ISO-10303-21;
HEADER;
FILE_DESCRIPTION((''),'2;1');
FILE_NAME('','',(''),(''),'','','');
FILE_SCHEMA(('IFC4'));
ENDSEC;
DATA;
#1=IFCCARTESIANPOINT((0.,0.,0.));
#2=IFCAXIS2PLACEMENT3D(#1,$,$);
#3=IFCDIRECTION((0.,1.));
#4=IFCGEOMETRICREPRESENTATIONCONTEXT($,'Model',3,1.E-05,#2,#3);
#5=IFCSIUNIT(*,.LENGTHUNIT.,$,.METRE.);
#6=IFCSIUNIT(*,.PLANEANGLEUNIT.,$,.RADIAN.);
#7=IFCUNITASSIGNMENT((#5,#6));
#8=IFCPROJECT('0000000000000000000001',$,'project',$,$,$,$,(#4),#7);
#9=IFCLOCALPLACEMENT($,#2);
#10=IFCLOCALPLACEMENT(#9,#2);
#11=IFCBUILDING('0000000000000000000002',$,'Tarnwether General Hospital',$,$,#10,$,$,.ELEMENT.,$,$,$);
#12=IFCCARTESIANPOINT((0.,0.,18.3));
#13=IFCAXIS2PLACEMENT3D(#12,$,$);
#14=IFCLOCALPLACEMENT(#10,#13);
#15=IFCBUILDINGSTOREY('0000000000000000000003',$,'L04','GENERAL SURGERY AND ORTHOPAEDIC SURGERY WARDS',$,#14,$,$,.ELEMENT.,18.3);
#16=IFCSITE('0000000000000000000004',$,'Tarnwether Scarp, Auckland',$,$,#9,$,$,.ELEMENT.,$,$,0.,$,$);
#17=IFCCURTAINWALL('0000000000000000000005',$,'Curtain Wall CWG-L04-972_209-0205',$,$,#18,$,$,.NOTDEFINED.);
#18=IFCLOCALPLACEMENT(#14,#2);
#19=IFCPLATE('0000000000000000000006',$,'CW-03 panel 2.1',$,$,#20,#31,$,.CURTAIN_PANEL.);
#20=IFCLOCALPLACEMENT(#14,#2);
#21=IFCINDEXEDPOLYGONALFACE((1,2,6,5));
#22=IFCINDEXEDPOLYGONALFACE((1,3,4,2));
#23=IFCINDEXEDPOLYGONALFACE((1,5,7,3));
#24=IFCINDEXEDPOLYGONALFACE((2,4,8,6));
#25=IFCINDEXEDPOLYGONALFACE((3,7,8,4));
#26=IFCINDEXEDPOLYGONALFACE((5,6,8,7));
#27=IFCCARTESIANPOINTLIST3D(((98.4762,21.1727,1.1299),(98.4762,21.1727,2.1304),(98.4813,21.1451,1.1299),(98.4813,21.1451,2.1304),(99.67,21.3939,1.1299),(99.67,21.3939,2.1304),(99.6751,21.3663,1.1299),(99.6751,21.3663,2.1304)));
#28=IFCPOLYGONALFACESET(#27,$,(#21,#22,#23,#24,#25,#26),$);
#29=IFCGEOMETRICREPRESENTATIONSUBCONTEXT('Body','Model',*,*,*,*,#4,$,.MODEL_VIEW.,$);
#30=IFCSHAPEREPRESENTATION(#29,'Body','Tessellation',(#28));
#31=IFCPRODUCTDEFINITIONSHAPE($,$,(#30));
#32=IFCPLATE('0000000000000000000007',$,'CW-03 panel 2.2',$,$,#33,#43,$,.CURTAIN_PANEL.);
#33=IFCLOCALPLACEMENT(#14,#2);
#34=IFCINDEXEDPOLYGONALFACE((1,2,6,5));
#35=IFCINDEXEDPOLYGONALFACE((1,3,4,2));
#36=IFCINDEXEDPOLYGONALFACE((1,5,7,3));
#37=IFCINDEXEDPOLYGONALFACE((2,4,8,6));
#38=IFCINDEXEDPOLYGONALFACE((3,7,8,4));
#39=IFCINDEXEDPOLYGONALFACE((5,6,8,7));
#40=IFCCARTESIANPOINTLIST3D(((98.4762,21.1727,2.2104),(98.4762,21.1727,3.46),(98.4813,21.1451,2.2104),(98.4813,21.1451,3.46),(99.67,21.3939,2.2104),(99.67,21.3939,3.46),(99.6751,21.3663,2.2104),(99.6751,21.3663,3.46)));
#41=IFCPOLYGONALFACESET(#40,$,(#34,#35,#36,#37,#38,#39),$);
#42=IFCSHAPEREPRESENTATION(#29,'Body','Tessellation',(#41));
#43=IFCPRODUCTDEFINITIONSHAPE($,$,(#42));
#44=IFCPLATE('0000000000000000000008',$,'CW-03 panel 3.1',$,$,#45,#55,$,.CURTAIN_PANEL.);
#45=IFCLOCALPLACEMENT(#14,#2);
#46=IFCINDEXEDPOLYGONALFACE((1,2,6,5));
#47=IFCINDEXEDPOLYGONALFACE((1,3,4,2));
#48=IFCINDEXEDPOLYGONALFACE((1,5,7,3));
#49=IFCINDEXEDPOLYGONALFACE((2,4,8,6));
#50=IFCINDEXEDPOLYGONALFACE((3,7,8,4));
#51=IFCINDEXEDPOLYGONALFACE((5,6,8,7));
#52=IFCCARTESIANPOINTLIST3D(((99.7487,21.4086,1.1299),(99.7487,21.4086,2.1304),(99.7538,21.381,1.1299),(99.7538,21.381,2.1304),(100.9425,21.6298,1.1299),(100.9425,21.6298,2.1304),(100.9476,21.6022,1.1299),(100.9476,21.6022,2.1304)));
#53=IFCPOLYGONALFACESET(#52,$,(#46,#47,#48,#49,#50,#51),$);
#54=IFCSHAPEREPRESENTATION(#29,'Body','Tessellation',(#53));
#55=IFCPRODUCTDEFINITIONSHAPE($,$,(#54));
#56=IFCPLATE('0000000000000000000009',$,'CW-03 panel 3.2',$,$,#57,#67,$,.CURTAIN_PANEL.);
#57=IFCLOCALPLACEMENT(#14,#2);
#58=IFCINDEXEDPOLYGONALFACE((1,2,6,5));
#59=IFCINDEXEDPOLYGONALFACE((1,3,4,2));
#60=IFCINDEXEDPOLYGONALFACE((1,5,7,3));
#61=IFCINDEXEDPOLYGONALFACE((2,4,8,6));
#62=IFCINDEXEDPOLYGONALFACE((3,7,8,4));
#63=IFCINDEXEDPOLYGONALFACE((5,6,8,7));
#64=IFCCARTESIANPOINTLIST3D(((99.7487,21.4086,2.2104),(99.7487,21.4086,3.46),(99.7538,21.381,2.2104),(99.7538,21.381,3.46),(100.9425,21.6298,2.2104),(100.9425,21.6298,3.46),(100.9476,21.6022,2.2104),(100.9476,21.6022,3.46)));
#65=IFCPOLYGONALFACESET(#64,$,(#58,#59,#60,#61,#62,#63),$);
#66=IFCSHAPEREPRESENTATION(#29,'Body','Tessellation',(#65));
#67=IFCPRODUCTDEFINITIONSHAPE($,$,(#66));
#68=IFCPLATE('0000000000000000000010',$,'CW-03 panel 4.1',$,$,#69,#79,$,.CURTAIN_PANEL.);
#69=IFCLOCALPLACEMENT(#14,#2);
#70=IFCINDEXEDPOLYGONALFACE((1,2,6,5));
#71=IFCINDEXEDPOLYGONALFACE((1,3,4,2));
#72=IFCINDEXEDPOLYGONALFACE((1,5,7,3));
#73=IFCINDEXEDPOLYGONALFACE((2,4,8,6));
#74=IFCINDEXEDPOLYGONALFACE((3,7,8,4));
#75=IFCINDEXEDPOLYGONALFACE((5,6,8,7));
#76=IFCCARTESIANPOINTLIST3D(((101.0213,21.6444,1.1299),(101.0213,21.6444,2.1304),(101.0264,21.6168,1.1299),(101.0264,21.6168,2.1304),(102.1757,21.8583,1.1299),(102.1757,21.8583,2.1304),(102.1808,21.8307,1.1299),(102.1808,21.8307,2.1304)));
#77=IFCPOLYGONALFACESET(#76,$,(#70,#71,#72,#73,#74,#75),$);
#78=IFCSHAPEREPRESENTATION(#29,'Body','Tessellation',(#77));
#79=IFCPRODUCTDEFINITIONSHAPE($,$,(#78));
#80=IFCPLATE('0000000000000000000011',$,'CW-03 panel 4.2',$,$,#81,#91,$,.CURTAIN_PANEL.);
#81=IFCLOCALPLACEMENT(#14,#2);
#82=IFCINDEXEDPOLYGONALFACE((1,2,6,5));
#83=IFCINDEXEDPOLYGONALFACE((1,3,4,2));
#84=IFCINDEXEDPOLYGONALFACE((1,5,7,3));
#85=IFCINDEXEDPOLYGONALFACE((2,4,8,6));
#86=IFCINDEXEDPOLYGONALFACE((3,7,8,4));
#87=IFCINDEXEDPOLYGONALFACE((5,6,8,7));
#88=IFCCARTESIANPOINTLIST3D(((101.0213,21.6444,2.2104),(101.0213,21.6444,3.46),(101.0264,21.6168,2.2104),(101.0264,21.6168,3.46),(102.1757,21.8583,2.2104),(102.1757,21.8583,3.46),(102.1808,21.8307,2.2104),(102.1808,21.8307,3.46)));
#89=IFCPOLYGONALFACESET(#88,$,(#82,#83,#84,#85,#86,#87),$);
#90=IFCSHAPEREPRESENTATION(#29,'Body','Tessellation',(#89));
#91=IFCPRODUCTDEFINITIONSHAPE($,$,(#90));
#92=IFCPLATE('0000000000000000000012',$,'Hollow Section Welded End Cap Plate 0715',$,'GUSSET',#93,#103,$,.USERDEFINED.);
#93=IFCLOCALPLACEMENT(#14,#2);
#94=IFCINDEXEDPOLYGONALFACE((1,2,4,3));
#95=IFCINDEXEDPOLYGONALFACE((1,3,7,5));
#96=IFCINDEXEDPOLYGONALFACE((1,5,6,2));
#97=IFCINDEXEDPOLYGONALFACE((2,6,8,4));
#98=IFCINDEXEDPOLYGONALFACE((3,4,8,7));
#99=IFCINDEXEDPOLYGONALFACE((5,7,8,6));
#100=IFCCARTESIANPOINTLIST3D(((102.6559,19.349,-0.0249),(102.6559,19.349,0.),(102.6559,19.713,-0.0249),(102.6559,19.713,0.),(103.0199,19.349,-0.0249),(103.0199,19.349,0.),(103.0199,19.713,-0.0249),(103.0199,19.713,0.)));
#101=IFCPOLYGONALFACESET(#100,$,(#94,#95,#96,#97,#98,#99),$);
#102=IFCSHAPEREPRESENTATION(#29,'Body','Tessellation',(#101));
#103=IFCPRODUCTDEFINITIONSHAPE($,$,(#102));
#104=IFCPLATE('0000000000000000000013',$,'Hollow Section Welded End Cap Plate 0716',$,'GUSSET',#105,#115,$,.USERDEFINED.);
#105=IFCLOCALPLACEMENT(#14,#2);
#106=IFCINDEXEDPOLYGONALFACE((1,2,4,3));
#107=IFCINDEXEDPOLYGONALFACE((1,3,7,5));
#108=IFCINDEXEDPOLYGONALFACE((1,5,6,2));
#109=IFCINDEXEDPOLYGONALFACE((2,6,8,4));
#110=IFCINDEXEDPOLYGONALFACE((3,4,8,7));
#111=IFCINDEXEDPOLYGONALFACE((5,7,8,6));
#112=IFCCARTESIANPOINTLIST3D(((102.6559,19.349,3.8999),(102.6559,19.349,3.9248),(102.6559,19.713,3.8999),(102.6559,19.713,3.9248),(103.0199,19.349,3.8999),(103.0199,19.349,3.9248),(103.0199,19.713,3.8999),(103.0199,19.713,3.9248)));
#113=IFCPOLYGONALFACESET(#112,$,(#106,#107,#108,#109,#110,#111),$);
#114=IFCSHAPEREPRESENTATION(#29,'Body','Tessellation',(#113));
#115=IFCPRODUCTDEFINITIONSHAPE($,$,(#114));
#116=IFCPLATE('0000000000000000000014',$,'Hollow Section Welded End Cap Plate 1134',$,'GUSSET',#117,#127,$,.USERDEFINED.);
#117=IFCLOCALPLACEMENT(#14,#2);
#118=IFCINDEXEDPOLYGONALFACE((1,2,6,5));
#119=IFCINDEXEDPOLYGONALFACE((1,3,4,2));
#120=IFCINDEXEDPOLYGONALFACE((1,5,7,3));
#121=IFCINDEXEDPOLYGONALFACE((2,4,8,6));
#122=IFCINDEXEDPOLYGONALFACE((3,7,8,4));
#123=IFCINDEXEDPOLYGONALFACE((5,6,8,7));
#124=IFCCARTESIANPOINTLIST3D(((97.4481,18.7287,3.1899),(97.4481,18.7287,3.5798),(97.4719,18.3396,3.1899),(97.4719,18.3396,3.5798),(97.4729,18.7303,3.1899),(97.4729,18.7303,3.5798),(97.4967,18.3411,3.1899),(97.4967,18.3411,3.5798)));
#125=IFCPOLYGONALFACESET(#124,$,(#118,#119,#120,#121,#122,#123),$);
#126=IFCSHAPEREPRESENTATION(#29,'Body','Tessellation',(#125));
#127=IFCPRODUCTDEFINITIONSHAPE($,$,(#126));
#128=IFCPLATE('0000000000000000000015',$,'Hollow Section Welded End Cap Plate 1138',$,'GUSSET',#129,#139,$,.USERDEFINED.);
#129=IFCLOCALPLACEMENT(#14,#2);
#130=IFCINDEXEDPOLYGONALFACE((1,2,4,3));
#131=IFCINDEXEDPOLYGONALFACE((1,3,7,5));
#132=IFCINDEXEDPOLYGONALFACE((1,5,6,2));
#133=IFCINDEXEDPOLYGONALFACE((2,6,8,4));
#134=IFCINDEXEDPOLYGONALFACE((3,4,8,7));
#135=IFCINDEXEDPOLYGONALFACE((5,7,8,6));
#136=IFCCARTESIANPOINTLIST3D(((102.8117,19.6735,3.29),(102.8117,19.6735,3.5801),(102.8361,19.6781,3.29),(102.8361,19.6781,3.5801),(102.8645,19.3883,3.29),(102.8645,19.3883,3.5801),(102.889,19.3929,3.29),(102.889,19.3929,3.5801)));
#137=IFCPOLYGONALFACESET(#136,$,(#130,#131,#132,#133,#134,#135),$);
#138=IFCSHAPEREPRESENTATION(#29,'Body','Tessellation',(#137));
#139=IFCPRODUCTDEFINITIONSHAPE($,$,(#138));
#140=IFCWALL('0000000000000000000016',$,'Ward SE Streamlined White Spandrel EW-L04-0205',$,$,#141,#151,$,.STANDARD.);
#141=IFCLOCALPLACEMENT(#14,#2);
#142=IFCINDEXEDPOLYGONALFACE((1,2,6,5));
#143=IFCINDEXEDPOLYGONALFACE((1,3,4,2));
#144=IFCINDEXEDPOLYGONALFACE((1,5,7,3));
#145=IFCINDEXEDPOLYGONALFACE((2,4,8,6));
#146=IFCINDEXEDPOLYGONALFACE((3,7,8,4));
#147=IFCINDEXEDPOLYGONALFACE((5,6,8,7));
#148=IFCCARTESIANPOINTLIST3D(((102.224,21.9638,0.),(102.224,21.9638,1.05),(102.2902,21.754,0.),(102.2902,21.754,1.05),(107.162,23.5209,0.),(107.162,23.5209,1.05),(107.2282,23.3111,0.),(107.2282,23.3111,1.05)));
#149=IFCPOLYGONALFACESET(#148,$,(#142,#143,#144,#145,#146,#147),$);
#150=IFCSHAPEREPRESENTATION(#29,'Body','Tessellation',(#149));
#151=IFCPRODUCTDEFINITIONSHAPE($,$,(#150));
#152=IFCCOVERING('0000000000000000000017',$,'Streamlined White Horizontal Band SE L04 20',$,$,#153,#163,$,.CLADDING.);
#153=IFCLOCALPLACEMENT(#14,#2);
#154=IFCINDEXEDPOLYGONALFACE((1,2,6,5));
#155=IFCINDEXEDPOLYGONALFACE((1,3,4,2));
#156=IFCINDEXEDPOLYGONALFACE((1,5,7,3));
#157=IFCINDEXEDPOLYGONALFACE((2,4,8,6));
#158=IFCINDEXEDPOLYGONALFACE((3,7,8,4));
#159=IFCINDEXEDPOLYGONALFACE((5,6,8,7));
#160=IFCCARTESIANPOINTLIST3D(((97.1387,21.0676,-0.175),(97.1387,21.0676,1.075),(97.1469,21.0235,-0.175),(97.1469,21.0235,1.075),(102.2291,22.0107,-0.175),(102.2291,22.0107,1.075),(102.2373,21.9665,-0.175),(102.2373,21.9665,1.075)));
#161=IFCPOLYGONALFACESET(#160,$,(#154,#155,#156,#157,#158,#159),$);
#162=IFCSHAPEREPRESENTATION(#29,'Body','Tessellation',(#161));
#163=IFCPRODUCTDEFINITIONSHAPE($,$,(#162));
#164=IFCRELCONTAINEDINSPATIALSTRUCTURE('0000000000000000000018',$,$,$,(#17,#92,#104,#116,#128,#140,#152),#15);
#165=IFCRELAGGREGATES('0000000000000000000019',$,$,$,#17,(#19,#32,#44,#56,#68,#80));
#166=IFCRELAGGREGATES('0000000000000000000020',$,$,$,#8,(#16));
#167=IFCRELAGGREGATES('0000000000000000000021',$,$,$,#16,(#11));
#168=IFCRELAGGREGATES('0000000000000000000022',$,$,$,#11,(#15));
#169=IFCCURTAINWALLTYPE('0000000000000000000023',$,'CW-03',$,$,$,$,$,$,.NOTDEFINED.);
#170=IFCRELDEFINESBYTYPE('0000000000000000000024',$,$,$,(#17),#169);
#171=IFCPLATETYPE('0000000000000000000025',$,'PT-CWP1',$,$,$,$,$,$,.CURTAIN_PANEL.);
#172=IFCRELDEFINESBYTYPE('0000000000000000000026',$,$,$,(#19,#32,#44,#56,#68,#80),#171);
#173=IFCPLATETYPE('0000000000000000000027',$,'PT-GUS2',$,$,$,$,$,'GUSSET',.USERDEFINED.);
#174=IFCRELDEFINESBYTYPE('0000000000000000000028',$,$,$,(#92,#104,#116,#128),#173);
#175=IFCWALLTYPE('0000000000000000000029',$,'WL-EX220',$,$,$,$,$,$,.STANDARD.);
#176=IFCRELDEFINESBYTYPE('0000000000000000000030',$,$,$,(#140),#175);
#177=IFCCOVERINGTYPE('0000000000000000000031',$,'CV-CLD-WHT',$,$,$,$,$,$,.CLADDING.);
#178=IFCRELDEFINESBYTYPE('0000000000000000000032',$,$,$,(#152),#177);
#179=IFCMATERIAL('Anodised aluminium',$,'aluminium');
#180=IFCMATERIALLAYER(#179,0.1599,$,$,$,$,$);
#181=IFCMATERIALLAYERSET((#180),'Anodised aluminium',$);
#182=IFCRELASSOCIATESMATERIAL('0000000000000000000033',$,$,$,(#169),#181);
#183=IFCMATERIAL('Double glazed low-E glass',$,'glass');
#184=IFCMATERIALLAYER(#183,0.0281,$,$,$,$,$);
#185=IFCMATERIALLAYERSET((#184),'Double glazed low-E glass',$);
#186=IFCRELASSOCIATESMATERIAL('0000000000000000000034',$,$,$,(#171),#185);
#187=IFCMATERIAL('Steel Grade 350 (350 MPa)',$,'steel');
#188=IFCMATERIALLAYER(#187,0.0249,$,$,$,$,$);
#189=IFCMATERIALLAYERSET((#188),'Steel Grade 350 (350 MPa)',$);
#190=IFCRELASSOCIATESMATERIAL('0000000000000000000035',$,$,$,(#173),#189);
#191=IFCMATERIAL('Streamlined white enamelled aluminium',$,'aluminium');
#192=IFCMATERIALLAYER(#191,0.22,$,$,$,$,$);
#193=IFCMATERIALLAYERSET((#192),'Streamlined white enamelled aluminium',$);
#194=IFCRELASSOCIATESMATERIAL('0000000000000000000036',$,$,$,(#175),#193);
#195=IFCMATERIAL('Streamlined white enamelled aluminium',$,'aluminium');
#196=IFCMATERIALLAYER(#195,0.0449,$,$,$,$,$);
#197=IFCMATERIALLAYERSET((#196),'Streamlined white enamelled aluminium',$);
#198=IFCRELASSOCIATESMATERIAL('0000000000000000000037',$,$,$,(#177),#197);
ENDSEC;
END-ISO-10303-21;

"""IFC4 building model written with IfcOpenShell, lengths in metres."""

from ifc_helpers import new_model, si_unit, direction, frame, frame_2d, origin, origin_2d, place, context, subcontext, project, spatial, rectangle, extrude, material, layer, layer_set, type_object, element, aggregate, save


model = new_model("IFC4")

# Units and contexts
model_context = context("Model", 3, precision=1e-05, world=origin(), true_north=direction((0.0, 1.0)))
body_context = subcontext(model_context, "Body", "Model", "MODEL_VIEW")
ifc_project = project(units=[si_unit("LENGTHUNIT", "METRE"), si_unit("PLANEANGLEUNIT", "RADIAN")], contexts=[model_context])

# Site, building, storey
site_placement = place(None, origin())
site = spatial("IfcSite", under=ifc_project, at=site_placement, Name="Tarnwether Scarp, Auckland", CompositionType="ELEMENT", RefElevation=0.0)
building_placement = place(site_placement, origin())
building = spatial("IfcBuilding", under=site, at=building_placement, Name="Tarnwether General Hospital", CompositionType="ELEMENT")
storey_placement = place(building_placement, frame((0.0, 0.0, 18.3)))
storey = spatial("IfcBuildingStorey", under=building, at=storey_placement, Name="L04", Description="GENERAL SURGERY AND ORTHOPAEDIC SURGERY WARDS", CompositionType="ELEMENT", Elevation=18.3)

# Shared definitions
ifc_material_1 = material(Name="Anodised aluminium", Category="aluminium")
ifc_layer_1 = layer(ifc_material_1, 0.1599)
ifc_layer_set_1 = layer_set([ifc_layer_1], Name="Anodised aluminium")
curtain_wall_type = type_object("IfcCurtainWallType", Name="CW-03", PredefinedType="NOTDEFINED", material=ifc_layer_set_1)

# Curtain wall
curtain_wall_1_placement = place(storey_placement, origin())
curtain_wall_1 = element("IfcCurtainWall", 1, at=curtain_wall_1_placement, inside=storey, type_object=curtain_wall_type, Name="Curtain Wall CWG-L04-972_209-0205", PredefinedType="NOTDEFINED")

# Plates
ifc_material_2 = material(Name="Double glazed low-E glass", Category="glass")
ifc_layer_2 = layer(ifc_material_2, 0.0281)
ifc_layer_set_2 = layer_set([ifc_layer_2], Name="Double glazed low-E glass")
plate_type_1 = type_object("IfcPlateType", Name="PT-CWP1", PredefinedType="CURTAIN_PANEL", material=ifc_layer_set_2)
plate_1_placement = place(storey_placement, frame((99.0757, 21.2695, 1.1299), z_axis=(0.0, 0.0, 1.0), x_axis=(0.983268, 0.182165, 0.0)))
plate_1 = element("IfcPlate", 2, at=plate_1_placement, type_object=plate_type_1, Name="CW-03 panel 2.1", PredefinedType="CURTAIN_PANEL", context=body_context, shape_type="SweptSolid", body=[
    extrude(rectangle(XDim=1.2141, YDim=0.0281, at=origin_2d()), origin(), (0.0, 0.0, 1.0), 1.0005),
])
plate_2_placement = place(storey_placement, frame((99.0757, 21.2695, 2.2104), z_axis=(0.0, 0.0, 1.0), x_axis=(0.983268, 0.182165, 0.0)))
plate_2 = element("IfcPlate", 3, at=plate_2_placement, type_object=plate_type_1, Name="CW-03 panel 2.2", PredefinedType="CURTAIN_PANEL", context=body_context, shape_type="SweptSolid", body=[
    extrude(rectangle(XDim=1.2141, YDim=0.0281, at=origin_2d()), origin(), (0.0, 0.0, 1.0), 1.2495),
])
plate_3_placement = place(storey_placement, frame((100.3481, 21.5054, 1.1299), z_axis=(0.0, 0.0, 1.0), x_axis=(0.983268, 0.182165, 0.0)))
plate_3 = element("IfcPlate", 4, at=plate_3_placement, type_object=plate_type_1, Name="CW-03 panel 3.1", PredefinedType="CURTAIN_PANEL", context=body_context, shape_type="SweptSolid", body=[
    extrude(rectangle(XDim=1.2141, YDim=0.0281, at=origin_2d()), origin(), (0.0, 0.0, 1.0), 1.0005),
])
plate_4_placement = place(storey_placement, frame((100.3481, 21.5054, 2.2104), z_axis=(0.0, 0.0, 1.0), x_axis=(0.983268, 0.182165, 0.0)))
plate_4 = element("IfcPlate", 5, at=plate_4_placement, type_object=plate_type_1, Name="CW-03 panel 3.2", PredefinedType="CURTAIN_PANEL", context=body_context, shape_type="SweptSolid", body=[
    extrude(rectangle(XDim=1.2141, YDim=0.0281, at=origin_2d()), origin(), (0.0, 0.0, 1.0), 1.2495),
])
plate_5_placement = place(storey_placement, frame((101.6011, 21.7375, 1.1299), z_axis=(0.0, 0.0, 1.0), x_axis=(0.983268, 0.182165, 0.0)))
plate_5 = element("IfcPlate", 6, at=plate_5_placement, type_object=plate_type_1, Name="CW-03 panel 4.1", PredefinedType="CURTAIN_PANEL", context=body_context, shape_type="SweptSolid", body=[
    extrude(rectangle(XDim=1.1741, YDim=0.0281, at=origin_2d()), origin(), (0.0, 0.0, 1.0), 1.0005),
])
plate_6_placement = place(storey_placement, frame((101.6011, 21.7375, 2.2104), z_axis=(0.0, 0.0, 1.0), x_axis=(0.983268, 0.182165, 0.0)))
plate_6 = element("IfcPlate", 7, at=plate_6_placement, type_object=plate_type_1, Name="CW-03 panel 4.2", PredefinedType="CURTAIN_PANEL", context=body_context, shape_type="SweptSolid", body=[
    extrude(rectangle(XDim=1.1741, YDim=0.0281, at=origin_2d()), origin(), (0.0, 0.0, 1.0), 1.2495),
])
aggregate(curtain_wall_1, [plate_1, plate_2, plate_3, plate_4, plate_5, plate_6])

# Plates
ifc_material_3 = material(Name="Steel Grade 350 (350 MPa)", Category="steel")
ifc_layer_3 = layer(ifc_material_3, 0.0249)
ifc_layer_set_3 = layer_set([ifc_layer_3], Name="Steel Grade 350 (350 MPa)")
plate_type_2 = type_object("IfcPlateType", Name="PT-GUS2", ElementType="GUSSET", PredefinedType="USERDEFINED", material=ifc_layer_set_3)
for number, where, z_axis, x_axis, name in (
    (8, (102.8379, 19.531, -0.0249), (0.0, 0.0, 1.0), (1.0, 0.0, 0.0), "Hollow Section Welded End Cap Plate 0715"),
    (9, (102.8379, 19.531, 3.8999), (0.0, 0.0, 1.0), (1.0, 0.0, 0.0), "Hollow Section Welded End Cap Plate 0716"),
):
    element("IfcPlate", number, at=place(storey_placement, frame(where, z_axis=z_axis, x_axis=x_axis)), inside=storey, type_object=plate_type_2, Name=name, ObjectType="GUSSET", PredefinedType="USERDEFINED", context=body_context, shape_type="SweptSolid", body=[
        extrude(rectangle(XDim=0.364, YDim=0.364, at=origin_2d()), origin(), (0.0, 0.0, 1.0), 0.0249),
    ])
plate_7_placement = place(storey_placement, frame((97.4724, 18.5349, 3.1899), z_axis=(0.0, 0.0, 1.0), x_axis=(0.998134, 0.061066, 0.0)))
element("IfcPlate", 10, at=plate_7_placement, inside=storey, type_object=plate_type_2, Name="Hollow Section Welded End Cap Plate 1134", ObjectType="GUSSET", PredefinedType="USERDEFINED", context=body_context, shape_type="SweptSolid", body=[
    extrude(rectangle(XDim=0.0249, YDim=0.3899, at=origin_2d()), origin(), (0.0, 0.0, 1.0), 0.3899),
])
plate_8_placement = place(storey_placement, frame((102.8503, 19.5332, 3.29), z_axis=(0.0, 0.0, 1.0), x_axis=(0.983245, 0.182287, 0.0)))
element("IfcPlate", 11, at=plate_8_placement, inside=storey, type_object=plate_type_2, Name="Hollow Section Welded End Cap Plate 1138", ObjectType="GUSSET", PredefinedType="USERDEFINED", context=body_context, shape_type="SweptSolid", body=[
    extrude(rectangle(XDim=0.0249, YDim=0.29, at=origin_2d()), origin(), (0.0, 0.0, 1.0), 0.29),
])

# Wall
ifc_material_4 = material(Name="Streamlined white enamelled aluminium", Category="aluminium")
ifc_layer_4 = layer(ifc_material_4, 0.22)
ifc_layer_set_4 = layer_set([ifc_layer_4], Name="Streamlined white enamelled aluminium")
wall_type = type_object("IfcWallType", Name="WL-EX220", PredefinedType="STANDARD", material=ifc_layer_set_4)
wall_placement = place(storey_placement, frame((102.2571, 21.8589, 0.0), z_axis=(0.0, 0.0, 1.0), x_axis=(0.953707, 0.300739, 0.0)))
element("IfcWall", 12, at=wall_placement, inside=storey, type_object=wall_type, Name="Ward SE Streamlined White Spandrel EW-L04-0205", PredefinedType="STANDARD", context=body_context, shape_type="SweptSolid", body=[
    extrude(rectangle(XDim=5.1777, YDim=0.22, at=frame_2d((2.5889, 0.0))), origin(), (0.0, 0.0, 1.0), 1.05),
])

# Covering
ifc_material_5 = material(Name="Streamlined white enamelled aluminium", Category="aluminium")
ifc_layer_5 = layer(ifc_material_5, 0.0449)
ifc_layer_set_5 = layer_set([ifc_layer_5], Name="Streamlined white enamelled aluminium")
covering_type = type_object("IfcCoveringType", Name="CV-CLD-WHT", PredefinedType="CLADDING", material=ifc_layer_set_5)
covering_placement = place(storey_placement, frame((99.688, 21.5171, -0.175), z_axis=(0.0, 0.0, 1.0), x_axis=(0.983268, 0.182167, 0.0)))
element("IfcCovering", 13, at=covering_placement, inside=storey, type_object=covering_type, Name="Streamlined White Horizontal Band SE L04 20", PredefinedType="CLADDING", context=body_context, shape_type="SweptSolid", body=[
    extrude(rectangle(XDim=5.177, YDim=0.0449, at=origin_2d()), origin(), (0.0, 0.0, 1.0), 1.25),
])

save(model, "model.ifc")
